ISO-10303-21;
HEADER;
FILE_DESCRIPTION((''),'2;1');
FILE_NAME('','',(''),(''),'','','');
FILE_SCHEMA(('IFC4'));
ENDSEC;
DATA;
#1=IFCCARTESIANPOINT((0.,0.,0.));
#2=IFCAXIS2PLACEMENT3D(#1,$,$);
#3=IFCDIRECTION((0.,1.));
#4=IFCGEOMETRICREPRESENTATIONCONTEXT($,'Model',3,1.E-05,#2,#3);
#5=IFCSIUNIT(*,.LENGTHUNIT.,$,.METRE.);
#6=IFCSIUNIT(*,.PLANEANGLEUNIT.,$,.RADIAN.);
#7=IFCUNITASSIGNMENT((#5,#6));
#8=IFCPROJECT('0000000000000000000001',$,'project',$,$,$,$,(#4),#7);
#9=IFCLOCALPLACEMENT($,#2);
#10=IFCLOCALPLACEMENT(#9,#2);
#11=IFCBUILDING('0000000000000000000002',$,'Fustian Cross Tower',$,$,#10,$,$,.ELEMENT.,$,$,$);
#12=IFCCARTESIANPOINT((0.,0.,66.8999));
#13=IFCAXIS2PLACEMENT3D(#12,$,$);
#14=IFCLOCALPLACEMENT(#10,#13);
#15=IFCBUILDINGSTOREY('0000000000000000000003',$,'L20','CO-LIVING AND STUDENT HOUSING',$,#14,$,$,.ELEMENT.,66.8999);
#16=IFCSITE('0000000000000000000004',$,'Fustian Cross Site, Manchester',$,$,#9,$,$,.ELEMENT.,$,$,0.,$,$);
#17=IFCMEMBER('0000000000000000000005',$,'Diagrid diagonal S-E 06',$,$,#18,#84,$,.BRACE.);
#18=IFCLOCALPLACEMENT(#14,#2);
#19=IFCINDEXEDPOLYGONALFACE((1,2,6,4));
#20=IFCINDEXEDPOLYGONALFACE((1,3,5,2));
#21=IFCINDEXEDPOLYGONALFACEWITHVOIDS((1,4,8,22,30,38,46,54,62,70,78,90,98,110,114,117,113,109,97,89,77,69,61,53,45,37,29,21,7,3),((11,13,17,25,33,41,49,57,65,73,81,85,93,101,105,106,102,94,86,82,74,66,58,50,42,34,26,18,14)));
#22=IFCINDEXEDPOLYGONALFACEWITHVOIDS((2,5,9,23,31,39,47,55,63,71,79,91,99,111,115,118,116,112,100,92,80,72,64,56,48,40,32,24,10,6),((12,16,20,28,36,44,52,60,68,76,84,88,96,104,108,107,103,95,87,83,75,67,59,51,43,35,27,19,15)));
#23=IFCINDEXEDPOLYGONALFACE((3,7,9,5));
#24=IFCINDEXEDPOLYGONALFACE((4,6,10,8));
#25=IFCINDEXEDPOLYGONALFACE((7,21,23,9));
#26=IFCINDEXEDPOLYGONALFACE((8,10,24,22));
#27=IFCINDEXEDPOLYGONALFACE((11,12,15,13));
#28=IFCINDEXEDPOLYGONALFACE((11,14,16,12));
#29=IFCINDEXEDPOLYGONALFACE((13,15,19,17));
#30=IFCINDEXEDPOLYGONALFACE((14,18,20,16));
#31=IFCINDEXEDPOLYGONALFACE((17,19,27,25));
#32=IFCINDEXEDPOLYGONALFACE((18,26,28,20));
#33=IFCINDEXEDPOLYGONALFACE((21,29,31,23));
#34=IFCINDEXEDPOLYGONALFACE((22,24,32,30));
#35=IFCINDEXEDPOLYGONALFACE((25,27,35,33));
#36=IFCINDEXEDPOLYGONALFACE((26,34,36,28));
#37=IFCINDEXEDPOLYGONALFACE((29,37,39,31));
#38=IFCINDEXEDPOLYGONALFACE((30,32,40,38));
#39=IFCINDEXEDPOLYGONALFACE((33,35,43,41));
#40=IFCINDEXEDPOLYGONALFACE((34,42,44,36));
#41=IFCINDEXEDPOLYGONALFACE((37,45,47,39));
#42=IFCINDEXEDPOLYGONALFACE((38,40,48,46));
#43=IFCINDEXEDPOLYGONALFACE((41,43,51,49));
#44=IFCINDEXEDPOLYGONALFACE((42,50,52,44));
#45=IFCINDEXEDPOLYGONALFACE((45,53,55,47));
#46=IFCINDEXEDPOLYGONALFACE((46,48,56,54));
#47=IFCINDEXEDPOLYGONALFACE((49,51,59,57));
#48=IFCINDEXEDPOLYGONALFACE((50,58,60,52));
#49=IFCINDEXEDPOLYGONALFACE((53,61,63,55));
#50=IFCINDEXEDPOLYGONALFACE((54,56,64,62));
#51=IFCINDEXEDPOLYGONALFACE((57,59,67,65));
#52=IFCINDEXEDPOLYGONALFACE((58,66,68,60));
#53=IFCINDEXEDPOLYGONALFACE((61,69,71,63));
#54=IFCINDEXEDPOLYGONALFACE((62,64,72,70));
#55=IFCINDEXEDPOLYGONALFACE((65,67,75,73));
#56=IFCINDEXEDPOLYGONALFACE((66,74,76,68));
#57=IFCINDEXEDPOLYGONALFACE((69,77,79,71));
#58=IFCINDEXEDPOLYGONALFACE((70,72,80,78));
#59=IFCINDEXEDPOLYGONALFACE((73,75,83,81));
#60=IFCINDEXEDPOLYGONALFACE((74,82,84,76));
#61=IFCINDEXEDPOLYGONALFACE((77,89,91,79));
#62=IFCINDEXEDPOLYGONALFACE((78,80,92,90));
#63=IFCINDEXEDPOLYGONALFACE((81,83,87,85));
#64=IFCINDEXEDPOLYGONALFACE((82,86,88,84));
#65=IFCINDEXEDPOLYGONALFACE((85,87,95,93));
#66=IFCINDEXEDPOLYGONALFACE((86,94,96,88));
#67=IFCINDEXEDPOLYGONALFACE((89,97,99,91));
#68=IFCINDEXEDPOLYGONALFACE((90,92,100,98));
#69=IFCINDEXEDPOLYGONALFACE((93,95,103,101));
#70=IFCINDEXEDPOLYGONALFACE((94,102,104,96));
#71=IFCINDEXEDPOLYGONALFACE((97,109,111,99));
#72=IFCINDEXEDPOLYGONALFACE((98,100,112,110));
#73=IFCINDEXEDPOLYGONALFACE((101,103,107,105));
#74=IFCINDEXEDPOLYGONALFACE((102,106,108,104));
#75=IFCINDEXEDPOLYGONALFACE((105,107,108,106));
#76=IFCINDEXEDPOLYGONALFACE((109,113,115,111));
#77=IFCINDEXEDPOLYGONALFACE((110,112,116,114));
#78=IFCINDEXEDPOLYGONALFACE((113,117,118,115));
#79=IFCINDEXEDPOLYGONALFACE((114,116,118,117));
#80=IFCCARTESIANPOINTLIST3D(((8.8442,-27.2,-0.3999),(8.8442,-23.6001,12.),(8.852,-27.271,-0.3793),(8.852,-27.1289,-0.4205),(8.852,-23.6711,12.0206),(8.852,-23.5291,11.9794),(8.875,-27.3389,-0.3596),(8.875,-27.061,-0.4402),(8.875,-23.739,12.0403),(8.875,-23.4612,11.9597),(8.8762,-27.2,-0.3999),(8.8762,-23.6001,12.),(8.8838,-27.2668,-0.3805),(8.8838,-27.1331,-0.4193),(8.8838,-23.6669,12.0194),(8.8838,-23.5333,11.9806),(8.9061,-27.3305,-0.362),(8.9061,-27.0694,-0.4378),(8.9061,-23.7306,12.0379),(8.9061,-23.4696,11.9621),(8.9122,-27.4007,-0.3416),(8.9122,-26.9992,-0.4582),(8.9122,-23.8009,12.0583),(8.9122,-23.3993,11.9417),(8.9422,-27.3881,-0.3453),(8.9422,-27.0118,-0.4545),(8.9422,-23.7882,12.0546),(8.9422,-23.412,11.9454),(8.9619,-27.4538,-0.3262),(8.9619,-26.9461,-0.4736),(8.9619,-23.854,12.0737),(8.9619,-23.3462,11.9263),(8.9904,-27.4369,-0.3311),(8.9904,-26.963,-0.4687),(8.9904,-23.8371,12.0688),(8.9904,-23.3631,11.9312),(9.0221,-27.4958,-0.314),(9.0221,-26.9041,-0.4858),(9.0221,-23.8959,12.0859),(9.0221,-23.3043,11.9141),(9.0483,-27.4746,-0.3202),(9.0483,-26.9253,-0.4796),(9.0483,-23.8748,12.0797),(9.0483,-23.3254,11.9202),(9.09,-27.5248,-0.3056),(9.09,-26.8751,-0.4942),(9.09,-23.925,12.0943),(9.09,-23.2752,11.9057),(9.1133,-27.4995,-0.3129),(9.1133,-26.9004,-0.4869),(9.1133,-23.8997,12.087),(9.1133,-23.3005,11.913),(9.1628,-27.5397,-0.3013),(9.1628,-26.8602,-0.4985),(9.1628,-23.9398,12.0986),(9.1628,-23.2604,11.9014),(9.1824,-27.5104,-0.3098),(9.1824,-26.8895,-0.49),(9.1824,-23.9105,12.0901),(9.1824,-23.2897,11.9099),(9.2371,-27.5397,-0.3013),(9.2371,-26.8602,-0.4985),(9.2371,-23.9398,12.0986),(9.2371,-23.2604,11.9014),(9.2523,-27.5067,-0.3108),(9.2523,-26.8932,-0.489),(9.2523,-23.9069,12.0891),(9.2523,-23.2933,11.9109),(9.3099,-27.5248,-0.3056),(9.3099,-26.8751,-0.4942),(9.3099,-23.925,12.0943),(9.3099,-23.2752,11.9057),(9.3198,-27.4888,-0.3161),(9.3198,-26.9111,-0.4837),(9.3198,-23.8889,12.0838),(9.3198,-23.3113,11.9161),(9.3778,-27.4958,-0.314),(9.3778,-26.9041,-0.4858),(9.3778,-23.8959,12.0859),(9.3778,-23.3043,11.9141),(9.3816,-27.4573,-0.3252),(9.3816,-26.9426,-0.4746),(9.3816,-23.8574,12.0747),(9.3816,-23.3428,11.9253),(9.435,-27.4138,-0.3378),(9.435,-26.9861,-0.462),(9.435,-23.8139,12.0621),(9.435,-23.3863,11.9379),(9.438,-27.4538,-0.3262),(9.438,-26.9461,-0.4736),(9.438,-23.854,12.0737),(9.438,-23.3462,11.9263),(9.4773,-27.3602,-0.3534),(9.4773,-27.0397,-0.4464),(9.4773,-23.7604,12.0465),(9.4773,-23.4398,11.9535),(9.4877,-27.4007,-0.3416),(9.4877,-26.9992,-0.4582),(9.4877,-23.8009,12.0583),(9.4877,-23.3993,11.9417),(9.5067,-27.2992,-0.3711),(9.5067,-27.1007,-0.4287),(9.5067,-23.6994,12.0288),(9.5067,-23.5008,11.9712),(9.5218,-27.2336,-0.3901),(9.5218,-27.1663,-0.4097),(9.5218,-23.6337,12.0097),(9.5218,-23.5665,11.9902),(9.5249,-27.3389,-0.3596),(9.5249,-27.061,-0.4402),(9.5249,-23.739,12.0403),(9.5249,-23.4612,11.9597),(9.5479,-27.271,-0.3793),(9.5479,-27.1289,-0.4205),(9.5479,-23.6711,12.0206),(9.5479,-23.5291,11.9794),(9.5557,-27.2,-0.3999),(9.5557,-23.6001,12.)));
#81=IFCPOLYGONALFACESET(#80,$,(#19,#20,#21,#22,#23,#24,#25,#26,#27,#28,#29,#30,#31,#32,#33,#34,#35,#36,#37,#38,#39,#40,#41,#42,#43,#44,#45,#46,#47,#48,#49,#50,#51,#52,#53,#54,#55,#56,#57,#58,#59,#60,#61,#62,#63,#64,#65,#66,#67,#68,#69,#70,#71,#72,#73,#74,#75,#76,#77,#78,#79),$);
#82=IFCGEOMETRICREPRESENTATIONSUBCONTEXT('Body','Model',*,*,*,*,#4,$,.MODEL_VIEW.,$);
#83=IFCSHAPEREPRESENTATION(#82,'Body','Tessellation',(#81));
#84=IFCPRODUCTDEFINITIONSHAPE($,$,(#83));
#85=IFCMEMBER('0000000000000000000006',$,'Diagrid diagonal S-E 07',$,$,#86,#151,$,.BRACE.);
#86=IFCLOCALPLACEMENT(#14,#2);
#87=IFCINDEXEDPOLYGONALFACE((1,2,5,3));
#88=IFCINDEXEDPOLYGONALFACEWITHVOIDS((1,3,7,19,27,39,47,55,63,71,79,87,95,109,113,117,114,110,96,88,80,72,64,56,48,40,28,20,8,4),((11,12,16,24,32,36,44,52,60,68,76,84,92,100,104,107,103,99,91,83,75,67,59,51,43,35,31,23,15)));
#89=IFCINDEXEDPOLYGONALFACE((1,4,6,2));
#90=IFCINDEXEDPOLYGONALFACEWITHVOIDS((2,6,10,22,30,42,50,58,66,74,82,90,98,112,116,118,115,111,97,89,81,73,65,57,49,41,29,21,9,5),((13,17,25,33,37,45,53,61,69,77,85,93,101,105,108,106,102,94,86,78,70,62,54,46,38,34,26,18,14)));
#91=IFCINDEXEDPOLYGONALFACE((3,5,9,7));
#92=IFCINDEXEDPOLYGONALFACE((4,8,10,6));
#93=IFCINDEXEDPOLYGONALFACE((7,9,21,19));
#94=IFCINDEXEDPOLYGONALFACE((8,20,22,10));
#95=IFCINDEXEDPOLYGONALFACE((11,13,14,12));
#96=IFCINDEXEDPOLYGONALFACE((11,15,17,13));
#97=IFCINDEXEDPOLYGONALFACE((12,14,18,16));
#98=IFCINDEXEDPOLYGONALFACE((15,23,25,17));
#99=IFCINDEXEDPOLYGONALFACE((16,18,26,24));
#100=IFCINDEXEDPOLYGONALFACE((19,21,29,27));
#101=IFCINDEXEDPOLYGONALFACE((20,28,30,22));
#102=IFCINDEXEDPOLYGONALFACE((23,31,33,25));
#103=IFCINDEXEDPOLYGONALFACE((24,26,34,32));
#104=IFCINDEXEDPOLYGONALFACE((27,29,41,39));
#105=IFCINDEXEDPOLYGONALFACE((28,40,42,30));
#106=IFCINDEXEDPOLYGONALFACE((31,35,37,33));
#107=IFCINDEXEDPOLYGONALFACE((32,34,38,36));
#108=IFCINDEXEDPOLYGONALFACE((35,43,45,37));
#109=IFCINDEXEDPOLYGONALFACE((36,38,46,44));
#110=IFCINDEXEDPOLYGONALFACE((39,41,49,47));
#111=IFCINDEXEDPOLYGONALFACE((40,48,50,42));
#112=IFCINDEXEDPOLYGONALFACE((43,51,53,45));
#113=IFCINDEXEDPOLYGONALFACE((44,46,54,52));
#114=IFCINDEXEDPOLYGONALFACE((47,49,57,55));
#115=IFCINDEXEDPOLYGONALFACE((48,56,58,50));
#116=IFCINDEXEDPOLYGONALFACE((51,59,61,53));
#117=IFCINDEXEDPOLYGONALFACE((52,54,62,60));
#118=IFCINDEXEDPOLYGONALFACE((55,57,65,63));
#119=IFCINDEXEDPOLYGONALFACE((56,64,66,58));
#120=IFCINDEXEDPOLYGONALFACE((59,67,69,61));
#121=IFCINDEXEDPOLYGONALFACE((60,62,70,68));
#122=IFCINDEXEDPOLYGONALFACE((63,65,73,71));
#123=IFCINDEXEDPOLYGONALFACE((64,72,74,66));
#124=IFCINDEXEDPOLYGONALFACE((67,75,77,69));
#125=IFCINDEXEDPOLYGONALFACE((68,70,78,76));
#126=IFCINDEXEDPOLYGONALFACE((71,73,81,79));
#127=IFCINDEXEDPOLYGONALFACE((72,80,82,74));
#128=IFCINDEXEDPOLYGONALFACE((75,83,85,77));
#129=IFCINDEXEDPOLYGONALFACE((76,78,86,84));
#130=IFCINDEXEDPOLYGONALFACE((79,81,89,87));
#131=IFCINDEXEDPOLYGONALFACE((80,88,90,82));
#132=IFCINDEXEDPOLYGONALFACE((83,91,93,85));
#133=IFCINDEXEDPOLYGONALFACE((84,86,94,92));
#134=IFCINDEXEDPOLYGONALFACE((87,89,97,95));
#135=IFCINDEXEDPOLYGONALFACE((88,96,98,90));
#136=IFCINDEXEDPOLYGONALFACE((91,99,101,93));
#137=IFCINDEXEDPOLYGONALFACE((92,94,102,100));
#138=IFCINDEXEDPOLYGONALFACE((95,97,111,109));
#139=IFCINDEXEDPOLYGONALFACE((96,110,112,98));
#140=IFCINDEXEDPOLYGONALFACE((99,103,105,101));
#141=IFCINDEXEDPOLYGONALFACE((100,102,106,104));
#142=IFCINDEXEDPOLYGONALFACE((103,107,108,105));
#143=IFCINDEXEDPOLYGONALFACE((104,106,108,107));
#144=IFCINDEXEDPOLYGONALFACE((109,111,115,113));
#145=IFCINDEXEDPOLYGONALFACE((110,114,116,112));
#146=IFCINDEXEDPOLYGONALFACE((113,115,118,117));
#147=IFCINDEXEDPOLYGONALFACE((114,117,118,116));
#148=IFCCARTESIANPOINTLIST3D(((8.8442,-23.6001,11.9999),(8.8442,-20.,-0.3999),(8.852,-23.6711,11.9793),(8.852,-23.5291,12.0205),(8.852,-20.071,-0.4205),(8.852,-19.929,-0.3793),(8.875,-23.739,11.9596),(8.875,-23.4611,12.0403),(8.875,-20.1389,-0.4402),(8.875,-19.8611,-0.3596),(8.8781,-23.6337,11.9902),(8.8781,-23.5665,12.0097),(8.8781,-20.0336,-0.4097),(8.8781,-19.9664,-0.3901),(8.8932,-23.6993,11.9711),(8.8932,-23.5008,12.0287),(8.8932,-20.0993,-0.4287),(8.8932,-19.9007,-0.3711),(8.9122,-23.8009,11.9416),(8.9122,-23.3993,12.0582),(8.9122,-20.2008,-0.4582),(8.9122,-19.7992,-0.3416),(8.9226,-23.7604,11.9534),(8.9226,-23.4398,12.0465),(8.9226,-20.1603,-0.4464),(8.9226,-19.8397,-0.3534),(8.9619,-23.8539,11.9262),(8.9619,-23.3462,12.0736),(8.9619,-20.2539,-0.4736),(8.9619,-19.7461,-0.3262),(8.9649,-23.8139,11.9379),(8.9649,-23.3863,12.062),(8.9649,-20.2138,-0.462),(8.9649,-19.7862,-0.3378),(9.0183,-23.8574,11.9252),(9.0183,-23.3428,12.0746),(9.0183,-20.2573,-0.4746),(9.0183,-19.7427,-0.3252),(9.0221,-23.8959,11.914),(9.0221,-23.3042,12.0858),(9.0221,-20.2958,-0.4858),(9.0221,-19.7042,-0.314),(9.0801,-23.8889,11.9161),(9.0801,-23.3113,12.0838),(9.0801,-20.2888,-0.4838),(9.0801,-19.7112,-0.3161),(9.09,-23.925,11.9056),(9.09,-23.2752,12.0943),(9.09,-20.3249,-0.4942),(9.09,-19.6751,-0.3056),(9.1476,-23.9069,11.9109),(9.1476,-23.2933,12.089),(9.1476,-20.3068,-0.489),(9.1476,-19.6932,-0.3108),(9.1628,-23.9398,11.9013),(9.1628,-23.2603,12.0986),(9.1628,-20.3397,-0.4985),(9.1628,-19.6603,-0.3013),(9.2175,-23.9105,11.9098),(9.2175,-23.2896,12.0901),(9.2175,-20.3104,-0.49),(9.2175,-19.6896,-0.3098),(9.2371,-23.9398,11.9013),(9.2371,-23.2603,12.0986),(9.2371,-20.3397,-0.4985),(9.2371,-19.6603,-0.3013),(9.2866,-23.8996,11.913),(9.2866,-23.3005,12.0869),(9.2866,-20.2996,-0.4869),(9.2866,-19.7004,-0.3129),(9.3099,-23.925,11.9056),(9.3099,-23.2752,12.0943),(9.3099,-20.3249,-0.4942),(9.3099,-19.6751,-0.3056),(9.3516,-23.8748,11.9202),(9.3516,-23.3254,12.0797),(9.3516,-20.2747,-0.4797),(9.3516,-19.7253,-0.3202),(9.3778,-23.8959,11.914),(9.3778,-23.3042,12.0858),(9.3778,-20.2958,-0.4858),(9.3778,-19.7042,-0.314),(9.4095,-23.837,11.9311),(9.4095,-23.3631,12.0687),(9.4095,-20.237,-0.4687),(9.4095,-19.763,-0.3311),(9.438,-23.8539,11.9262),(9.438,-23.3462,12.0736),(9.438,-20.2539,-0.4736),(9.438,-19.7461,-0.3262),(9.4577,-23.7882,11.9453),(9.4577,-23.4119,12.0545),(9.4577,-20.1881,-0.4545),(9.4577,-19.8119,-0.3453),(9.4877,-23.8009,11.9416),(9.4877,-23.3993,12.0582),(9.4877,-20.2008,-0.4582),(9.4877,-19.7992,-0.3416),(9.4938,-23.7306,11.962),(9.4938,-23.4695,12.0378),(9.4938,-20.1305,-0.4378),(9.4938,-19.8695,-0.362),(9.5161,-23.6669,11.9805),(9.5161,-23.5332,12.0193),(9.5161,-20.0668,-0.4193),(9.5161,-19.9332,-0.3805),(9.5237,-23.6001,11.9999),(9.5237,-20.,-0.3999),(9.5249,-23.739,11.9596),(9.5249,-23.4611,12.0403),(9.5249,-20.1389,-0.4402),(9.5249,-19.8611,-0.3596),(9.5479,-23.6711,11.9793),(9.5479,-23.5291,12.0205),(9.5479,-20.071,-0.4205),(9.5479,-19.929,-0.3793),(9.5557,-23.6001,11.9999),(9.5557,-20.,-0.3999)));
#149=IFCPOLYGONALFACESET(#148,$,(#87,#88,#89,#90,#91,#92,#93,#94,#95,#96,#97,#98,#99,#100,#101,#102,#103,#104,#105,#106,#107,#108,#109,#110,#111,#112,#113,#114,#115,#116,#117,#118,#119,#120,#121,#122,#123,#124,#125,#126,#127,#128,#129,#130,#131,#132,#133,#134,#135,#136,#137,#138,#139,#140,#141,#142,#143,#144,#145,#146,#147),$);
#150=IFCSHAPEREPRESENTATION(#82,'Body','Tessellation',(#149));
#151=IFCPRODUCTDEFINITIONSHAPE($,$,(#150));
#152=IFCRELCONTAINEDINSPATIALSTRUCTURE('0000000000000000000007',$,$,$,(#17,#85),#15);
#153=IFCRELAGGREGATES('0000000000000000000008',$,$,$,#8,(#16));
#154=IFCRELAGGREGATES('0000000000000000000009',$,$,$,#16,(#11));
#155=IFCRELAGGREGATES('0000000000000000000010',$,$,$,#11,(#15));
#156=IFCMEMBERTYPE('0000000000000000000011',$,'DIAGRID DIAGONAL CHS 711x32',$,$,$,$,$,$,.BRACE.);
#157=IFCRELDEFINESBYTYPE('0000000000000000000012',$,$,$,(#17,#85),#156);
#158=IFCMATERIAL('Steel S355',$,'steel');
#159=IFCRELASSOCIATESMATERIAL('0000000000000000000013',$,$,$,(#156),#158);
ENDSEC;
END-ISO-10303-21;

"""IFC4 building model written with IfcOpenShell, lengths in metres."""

from ifc_helpers import new_model, si_unit, direction, frame, origin, origin_2d, place, context, subcontext, project, spatial, hollow_circle, extrude, material, material_profile, profile_set, type_object, element, save


model = new_model("IFC4")

# Units and contexts
model_context = context("Model", 3, precision=1e-05, world=origin(), true_north=direction((0.0, 1.0)))
body_context = subcontext(model_context, "Body", "Model", "MODEL_VIEW")
ifc_project = project(units=[si_unit("LENGTHUNIT", "METRE"), si_unit("PLANEANGLEUNIT", "RADIAN")], contexts=[model_context])

# Site, building, storey
site_placement = place(None, origin())
site = spatial("IfcSite", under=ifc_project, at=site_placement, Name="Fustian Cross Site, Manchester", CompositionType="ELEMENT", RefElevation=0.0)
building_placement = place(site_placement, origin())
building = spatial("IfcBuilding", under=site, at=building_placement, Name="Fustian Cross Tower", CompositionType="ELEMENT")
storey_placement = place(building_placement, frame((0.0, 0.0, 66.8999)))
storey = spatial("IfcBuildingStorey", under=building, at=storey_placement, Name="L20", Description="CO-LIVING AND STUDENT HOUSING", CompositionType="ELEMENT", Elevation=66.8999)

# Members
ifc_material_1 = material(Name="Steel S355", Category="steel")
ifc_material_profile_1 = material_profile(ifc_material_1, hollow_circle(Radius=0.3557, WallThickness=0.032, at=origin_2d()), Name="CHS 711x32")
ifc_profile_set_1 = profile_set([ifc_material_profile_1], Name="Steel S355")
member_type_1 = type_object("IfcMemberType", Name="DIAGRID DIAGONAL CHS 711x32", PredefinedType="BRACE", material=ifc_profile_set_1)
for number, where, z_axis, x_axis, name in (
    (1, (9.2, -27.2, -0.3999), (0.0, 0.278802, 0.960349), (-1.0, 0.0, 0.0), "Diagrid diagonal S-E 06"),
    (2, (9.2, -20.0, -0.3999), (0.0, -0.278819, 0.960344), (1.0, 0.0, 0.0), "Diagrid diagonal S-E 07"),
):
    element("IfcMember", number, at=place(storey_placement, frame(where, z_axis=z_axis, x_axis=x_axis)), inside=storey, type_object=member_type_1, Name=name, PredefinedType="BRACE", context=body_context, shape_type="SweptSolid", body=[
        extrude(hollow_circle(Radius=0.3557, WallThickness=0.032, at=origin_2d()), origin(), (0.0, 0.0, 1.0), 12.9119),
    ])

save(model, "model.ifc")
